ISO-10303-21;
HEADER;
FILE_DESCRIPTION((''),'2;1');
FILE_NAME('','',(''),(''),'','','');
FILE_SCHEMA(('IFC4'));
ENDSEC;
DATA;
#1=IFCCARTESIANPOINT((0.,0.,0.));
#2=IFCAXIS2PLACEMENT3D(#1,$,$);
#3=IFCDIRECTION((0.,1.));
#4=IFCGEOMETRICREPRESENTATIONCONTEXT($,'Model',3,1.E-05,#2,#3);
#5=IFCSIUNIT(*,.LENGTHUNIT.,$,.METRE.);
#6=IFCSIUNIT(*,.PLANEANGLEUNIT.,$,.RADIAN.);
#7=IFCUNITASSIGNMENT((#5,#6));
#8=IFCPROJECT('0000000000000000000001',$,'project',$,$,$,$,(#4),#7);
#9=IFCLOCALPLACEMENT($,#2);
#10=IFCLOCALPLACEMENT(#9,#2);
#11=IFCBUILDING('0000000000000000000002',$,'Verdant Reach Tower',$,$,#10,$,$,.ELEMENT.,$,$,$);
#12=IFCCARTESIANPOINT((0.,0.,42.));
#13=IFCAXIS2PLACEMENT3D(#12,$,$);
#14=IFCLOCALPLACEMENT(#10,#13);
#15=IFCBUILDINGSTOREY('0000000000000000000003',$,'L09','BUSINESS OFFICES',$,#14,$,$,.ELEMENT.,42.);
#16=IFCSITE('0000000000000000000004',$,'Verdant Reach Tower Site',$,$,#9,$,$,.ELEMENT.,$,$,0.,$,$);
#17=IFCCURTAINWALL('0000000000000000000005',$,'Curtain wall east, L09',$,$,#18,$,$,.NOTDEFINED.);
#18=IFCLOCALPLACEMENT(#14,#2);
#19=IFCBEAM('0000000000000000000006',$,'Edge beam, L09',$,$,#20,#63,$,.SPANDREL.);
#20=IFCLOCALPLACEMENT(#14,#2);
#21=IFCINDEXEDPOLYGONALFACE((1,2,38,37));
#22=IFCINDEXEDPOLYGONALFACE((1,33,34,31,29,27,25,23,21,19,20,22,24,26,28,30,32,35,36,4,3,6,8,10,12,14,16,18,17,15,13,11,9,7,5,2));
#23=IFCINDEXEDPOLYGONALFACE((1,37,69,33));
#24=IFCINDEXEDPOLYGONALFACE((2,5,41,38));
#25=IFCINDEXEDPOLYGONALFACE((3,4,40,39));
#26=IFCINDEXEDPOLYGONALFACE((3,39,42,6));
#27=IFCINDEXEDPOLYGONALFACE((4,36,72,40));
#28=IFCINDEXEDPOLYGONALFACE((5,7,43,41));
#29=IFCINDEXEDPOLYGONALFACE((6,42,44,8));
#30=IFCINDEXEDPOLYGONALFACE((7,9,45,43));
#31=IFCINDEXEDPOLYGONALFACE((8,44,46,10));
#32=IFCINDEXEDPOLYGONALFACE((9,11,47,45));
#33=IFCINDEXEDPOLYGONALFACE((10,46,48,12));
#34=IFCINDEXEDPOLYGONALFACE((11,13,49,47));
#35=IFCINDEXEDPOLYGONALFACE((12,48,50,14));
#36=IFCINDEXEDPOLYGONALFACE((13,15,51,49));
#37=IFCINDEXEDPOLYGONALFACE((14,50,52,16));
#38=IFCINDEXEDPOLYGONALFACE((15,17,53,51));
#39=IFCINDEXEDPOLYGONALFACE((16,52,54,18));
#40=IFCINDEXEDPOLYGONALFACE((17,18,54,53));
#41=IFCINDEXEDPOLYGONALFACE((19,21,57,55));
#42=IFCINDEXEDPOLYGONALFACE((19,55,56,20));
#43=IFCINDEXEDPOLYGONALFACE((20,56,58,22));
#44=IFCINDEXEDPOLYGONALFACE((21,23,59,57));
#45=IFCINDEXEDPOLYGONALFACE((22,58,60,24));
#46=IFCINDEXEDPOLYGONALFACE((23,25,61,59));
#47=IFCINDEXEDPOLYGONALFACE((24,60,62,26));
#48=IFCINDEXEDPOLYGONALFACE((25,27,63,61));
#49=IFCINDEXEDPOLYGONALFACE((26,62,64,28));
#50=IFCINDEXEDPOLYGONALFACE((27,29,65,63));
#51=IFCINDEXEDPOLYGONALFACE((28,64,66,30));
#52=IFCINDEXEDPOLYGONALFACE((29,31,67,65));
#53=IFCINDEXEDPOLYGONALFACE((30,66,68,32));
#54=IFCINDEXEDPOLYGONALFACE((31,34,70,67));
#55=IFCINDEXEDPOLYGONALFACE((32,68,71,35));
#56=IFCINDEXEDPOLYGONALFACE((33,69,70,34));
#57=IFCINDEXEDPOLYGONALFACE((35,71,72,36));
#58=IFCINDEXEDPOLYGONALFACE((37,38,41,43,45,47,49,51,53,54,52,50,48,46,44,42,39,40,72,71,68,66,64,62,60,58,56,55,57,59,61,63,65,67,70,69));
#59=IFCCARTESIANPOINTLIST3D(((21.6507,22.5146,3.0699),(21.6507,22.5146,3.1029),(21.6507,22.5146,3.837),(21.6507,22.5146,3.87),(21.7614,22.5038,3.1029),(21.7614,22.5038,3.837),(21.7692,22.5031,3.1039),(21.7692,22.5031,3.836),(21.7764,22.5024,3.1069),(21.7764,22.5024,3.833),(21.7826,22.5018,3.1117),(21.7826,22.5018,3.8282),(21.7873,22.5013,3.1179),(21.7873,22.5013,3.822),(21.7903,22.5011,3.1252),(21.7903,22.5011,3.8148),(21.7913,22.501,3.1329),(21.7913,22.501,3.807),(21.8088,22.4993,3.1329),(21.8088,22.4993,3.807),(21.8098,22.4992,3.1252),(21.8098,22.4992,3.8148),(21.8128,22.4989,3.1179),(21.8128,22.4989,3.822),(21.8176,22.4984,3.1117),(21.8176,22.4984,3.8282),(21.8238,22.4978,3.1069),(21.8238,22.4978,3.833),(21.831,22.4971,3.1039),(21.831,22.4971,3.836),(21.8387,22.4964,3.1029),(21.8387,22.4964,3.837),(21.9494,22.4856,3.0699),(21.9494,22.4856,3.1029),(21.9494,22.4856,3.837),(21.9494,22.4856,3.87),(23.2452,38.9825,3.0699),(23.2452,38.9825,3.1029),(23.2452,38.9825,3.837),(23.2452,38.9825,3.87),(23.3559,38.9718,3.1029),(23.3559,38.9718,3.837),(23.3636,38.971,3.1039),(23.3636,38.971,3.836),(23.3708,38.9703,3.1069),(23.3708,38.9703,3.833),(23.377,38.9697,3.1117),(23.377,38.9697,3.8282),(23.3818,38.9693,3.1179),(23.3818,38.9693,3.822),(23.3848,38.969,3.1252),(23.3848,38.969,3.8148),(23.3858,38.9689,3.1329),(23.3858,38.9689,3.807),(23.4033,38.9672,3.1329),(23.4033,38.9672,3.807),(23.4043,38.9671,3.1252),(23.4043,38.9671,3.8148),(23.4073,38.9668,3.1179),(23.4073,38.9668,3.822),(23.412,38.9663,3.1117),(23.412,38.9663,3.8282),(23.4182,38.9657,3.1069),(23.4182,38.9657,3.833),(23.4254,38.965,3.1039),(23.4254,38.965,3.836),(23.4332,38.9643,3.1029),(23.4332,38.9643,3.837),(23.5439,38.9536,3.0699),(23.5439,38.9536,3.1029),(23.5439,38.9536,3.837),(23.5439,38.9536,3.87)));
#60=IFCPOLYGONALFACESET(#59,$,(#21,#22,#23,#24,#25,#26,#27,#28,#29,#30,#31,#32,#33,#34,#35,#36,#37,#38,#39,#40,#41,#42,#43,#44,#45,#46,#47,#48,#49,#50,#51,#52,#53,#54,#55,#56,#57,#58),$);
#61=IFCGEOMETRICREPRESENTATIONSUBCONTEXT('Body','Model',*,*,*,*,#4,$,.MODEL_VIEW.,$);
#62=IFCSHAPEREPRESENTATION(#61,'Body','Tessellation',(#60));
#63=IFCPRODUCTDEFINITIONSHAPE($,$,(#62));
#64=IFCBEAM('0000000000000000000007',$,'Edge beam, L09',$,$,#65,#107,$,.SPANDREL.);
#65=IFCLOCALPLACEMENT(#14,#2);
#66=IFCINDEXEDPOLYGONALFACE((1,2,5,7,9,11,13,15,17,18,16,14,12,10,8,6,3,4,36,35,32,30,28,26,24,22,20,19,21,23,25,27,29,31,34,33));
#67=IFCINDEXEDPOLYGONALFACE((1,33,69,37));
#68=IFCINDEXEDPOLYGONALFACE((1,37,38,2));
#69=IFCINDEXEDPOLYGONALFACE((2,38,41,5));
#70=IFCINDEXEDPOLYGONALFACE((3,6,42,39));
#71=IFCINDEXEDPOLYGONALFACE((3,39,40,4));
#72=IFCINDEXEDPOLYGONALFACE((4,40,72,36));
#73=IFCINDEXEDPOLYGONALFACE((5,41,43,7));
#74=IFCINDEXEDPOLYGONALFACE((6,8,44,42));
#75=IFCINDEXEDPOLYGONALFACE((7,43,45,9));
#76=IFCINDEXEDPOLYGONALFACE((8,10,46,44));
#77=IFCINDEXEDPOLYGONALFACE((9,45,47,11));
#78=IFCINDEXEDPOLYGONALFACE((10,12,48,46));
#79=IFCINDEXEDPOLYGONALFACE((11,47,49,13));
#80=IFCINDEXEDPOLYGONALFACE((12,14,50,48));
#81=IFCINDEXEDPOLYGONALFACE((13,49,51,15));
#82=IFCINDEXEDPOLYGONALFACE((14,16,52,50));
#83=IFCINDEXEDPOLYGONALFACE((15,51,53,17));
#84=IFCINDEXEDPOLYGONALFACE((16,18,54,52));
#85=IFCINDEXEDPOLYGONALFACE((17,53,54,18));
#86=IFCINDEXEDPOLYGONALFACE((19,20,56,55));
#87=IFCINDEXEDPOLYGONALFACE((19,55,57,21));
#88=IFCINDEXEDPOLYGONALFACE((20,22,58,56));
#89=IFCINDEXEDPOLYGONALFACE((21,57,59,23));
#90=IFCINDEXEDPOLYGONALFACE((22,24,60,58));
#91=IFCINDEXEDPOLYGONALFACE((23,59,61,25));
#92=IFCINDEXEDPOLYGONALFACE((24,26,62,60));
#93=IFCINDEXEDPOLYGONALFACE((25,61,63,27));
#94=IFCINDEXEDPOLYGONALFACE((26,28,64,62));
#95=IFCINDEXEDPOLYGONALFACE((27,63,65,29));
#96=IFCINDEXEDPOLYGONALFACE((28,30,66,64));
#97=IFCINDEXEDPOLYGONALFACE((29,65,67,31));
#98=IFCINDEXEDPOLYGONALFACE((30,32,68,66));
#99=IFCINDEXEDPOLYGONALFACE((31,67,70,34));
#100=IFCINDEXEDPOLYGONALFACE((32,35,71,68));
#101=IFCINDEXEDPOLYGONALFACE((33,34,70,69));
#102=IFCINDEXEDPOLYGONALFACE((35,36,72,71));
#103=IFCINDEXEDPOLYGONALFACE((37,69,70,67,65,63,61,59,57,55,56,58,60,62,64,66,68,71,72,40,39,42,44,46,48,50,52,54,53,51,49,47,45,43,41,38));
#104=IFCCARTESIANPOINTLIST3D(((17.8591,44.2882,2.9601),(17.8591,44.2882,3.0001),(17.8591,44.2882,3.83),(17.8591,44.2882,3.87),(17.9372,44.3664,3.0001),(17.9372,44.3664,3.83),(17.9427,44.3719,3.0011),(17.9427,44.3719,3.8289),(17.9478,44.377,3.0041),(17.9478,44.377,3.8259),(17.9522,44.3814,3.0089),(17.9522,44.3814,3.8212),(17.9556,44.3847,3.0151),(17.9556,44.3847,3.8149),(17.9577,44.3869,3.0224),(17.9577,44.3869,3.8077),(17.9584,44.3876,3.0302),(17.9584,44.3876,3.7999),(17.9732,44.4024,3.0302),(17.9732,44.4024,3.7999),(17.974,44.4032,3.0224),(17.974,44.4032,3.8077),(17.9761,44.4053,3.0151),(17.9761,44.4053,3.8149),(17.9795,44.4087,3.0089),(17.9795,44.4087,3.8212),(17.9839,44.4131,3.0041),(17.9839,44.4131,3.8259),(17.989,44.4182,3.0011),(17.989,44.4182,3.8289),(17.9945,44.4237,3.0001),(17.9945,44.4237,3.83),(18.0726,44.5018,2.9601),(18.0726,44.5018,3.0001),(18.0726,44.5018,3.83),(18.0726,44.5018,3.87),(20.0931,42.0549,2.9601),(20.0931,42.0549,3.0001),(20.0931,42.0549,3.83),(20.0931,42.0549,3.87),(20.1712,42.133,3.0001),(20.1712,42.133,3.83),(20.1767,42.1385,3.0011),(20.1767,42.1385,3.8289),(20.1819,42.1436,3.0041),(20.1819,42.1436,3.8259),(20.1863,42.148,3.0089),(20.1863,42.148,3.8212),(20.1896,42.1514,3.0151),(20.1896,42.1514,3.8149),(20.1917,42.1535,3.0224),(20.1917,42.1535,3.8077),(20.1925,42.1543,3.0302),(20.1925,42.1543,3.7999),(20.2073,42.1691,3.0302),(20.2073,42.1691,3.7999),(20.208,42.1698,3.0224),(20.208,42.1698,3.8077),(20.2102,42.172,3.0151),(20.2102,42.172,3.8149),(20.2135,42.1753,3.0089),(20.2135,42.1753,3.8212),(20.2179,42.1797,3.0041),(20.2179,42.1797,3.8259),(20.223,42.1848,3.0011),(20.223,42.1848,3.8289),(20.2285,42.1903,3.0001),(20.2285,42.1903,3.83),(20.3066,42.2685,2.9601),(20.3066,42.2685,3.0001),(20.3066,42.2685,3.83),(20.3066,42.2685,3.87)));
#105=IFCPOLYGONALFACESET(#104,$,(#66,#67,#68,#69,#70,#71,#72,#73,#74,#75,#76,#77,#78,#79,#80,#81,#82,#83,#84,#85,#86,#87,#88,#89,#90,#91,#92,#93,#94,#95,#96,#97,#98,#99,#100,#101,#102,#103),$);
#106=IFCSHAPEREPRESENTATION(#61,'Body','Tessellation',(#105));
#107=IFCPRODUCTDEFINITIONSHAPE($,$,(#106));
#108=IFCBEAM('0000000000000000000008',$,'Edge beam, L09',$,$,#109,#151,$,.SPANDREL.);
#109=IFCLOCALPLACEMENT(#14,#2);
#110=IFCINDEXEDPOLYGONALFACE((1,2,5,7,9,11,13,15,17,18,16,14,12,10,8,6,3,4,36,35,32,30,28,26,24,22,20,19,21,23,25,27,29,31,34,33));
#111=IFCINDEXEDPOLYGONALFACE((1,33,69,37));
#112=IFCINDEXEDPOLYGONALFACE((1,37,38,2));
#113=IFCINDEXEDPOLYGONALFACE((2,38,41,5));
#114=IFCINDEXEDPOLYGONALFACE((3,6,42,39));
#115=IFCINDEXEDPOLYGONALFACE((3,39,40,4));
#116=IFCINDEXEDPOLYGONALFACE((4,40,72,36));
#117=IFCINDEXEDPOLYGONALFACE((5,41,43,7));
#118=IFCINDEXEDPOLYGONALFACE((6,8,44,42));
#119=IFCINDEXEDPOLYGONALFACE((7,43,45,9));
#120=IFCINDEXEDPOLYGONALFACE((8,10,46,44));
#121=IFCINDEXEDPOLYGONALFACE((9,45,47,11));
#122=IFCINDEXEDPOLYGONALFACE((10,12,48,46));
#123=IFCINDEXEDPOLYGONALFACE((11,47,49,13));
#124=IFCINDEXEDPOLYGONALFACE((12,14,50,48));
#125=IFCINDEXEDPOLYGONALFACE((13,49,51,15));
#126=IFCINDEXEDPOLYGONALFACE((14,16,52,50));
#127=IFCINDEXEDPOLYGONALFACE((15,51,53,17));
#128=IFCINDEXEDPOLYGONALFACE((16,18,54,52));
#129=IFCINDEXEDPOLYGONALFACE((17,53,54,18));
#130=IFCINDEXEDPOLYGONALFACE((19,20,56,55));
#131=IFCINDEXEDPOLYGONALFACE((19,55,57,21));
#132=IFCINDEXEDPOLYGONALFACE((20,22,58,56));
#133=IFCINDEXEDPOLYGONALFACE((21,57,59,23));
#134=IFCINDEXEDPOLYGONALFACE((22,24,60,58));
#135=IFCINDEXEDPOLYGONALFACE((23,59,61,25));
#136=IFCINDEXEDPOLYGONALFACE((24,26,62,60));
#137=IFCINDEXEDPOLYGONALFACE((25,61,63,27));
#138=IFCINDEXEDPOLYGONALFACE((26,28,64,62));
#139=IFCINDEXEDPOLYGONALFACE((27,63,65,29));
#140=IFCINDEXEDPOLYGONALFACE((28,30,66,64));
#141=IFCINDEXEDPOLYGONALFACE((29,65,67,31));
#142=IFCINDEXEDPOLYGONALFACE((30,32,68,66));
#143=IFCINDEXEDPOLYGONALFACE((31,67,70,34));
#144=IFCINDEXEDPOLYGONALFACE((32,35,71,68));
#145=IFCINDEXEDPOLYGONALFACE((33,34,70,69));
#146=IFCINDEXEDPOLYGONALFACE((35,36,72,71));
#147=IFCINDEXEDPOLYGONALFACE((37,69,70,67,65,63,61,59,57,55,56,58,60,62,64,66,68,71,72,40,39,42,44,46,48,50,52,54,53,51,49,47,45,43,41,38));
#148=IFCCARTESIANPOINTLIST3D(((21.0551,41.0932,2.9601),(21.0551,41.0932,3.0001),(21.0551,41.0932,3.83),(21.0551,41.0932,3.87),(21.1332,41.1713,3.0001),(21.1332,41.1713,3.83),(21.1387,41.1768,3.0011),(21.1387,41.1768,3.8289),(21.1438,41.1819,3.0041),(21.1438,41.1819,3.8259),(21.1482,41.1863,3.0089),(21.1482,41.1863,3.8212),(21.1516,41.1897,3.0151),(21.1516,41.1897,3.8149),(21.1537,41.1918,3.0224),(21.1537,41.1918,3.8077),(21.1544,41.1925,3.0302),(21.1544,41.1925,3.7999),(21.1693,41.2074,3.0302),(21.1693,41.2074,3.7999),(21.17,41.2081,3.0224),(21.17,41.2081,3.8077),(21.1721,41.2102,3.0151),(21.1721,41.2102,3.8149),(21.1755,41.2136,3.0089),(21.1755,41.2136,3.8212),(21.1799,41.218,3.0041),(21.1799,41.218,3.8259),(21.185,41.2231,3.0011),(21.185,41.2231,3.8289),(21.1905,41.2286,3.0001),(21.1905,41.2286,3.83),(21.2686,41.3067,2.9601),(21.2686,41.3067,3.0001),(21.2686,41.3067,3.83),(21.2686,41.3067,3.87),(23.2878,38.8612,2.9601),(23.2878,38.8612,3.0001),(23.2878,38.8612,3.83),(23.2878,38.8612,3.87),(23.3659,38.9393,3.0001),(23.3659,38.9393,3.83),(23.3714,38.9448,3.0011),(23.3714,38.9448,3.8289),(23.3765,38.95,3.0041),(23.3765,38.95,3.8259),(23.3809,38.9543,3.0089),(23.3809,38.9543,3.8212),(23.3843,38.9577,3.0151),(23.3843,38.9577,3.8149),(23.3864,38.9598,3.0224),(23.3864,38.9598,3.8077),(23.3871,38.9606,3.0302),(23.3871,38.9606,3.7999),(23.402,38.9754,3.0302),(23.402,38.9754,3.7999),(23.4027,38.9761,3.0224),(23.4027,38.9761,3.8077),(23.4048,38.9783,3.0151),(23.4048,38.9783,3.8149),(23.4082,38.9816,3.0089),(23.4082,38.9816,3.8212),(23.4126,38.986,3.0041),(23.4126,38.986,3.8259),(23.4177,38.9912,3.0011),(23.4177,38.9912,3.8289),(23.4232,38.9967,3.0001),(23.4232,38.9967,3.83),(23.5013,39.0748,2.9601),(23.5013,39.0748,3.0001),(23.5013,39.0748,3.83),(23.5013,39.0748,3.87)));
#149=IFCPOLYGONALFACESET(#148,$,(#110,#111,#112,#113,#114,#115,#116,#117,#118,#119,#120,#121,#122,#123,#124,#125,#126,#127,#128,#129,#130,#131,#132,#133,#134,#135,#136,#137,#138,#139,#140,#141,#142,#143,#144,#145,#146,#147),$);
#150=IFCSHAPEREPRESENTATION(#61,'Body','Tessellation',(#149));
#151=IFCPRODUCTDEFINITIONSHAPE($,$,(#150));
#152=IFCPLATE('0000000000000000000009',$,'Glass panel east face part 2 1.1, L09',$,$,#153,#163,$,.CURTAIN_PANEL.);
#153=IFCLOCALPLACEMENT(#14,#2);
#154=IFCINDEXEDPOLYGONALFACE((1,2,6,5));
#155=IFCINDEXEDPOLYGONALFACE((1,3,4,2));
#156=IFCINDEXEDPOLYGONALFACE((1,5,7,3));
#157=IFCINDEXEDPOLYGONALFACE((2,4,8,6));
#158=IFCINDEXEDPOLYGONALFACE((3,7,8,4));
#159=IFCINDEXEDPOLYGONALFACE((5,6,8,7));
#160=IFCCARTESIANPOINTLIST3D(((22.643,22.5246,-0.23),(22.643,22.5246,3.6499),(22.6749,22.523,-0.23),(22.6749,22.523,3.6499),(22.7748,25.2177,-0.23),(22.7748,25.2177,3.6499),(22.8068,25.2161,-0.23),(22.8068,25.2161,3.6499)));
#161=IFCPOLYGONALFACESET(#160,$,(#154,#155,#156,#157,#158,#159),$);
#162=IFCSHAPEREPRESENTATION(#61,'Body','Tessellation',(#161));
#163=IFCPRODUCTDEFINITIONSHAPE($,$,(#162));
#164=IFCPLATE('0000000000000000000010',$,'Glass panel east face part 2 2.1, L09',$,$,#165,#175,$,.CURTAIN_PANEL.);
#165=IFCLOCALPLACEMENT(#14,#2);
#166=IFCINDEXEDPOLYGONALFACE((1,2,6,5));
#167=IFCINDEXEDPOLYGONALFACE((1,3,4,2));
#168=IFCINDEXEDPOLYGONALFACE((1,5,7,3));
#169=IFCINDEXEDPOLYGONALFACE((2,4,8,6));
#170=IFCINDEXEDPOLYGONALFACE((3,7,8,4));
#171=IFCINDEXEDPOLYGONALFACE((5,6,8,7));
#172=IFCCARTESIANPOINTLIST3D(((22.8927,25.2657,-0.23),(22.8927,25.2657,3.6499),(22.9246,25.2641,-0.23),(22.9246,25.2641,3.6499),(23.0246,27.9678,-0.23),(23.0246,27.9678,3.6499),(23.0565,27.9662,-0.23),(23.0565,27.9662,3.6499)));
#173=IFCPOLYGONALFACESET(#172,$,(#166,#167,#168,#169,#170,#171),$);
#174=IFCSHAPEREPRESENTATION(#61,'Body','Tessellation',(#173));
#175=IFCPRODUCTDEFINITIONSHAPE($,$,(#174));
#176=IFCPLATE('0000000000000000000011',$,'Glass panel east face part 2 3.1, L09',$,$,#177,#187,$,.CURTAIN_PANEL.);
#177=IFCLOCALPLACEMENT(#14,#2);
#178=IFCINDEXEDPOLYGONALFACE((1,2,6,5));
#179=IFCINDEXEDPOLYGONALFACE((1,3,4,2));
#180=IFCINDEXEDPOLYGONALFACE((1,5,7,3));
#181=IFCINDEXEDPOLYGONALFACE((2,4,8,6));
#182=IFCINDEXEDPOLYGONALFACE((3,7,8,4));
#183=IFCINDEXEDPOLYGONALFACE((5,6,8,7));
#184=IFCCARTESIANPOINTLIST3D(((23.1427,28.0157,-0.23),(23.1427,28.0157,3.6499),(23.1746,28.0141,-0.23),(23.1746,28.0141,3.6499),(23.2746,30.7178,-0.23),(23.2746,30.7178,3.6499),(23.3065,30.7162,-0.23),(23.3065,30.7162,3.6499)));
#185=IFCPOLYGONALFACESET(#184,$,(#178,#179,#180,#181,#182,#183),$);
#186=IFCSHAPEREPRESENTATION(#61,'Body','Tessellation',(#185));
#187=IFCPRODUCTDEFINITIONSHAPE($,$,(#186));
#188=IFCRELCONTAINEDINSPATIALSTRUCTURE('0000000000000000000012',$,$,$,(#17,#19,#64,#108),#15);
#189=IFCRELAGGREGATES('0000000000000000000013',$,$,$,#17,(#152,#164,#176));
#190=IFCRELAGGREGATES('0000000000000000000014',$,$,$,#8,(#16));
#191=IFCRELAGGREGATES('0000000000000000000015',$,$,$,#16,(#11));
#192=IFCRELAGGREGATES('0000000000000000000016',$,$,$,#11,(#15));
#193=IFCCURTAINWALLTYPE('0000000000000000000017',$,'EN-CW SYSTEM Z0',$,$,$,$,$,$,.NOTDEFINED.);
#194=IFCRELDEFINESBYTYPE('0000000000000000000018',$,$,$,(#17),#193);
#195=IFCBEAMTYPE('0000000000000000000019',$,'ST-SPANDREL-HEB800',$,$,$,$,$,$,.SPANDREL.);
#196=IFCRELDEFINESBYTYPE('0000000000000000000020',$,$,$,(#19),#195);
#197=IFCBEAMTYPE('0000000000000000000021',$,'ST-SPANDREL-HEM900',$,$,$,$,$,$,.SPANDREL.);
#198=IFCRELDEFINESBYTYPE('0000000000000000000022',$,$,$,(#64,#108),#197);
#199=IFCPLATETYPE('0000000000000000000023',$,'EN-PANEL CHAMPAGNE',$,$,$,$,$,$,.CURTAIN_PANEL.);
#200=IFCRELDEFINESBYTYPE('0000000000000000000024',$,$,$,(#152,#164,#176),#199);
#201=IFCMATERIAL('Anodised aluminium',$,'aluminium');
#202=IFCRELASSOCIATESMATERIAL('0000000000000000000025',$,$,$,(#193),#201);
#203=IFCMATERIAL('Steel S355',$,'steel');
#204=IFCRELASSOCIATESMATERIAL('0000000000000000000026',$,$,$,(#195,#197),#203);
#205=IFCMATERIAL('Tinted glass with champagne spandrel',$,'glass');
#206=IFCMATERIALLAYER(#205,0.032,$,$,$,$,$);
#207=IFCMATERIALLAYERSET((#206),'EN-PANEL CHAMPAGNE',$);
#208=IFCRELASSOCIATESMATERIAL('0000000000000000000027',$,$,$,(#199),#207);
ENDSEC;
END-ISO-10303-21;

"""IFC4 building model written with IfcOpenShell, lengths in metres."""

from ifc_helpers import new_model, si_unit, direction, frame, origin, origin_2d, place, context, subcontext, project, spatial, rectangle, i_section, extrude, material, layer, layer_set, material_profile, profile_set, type_object, element, aggregate, save


model = new_model("IFC4")

# Units and contexts
model_context = context("Model", 3, precision=1e-05, world=origin(), true_north=direction((0.0, 1.0)))
body_context = subcontext(model_context, "Body", "Model", "MODEL_VIEW")
ifc_project = project(units=[si_unit("LENGTHUNIT", "METRE"), si_unit("PLANEANGLEUNIT", "RADIAN")], contexts=[model_context])

# Site, building, storey
site_placement = place(None, origin())
site = spatial("IfcSite", under=ifc_project, at=site_placement, Name="Verdant Reach Tower Site", CompositionType="ELEMENT", RefElevation=0.0)
building_placement = place(site_placement, origin())
building = spatial("IfcBuilding", under=site, at=building_placement, Name="Verdant Reach Tower", CompositionType="ELEMENT")
storey_placement = place(building_placement, frame((0.0, 0.0, 42.0)))
storey = spatial("IfcBuildingStorey", under=building, at=storey_placement, Name="L09", Description="BUSINESS OFFICES", CompositionType="ELEMENT", Elevation=42.0)

# Curtain wall
ifc_material_1 = material(Name="Anodised aluminium", Category="aluminium")
curtain_wall_type = type_object("IfcCurtainWallType", Name="EN-CW SYSTEM Z0", PredefinedType="NOTDEFINED", material=ifc_material_1)
curtain_wall_1_placement = place(storey_placement, origin())
curtain_wall_1 = element("IfcCurtainWall", 1, at=curtain_wall_1_placement, inside=storey, type_object=curtain_wall_type, Name="Curtain wall east, L09", PredefinedType="NOTDEFINED")

# Beams
ifc_material_2 = material(Name="Steel S355", Category="steel")
ifc_material_profile_1 = material_profile(ifc_material_2, i_section(OverallWidth=0.3, OverallDepth=0.8, WebThickness=0.0176, FlangeThickness=0.033, FilletRadius=0.03, at=origin_2d()), Name="HEB 800")
ifc_profile_set_1 = profile_set([ifc_material_profile_1], Name="Steel S355")
beam_type_1 = type_object("IfcBeamType", Name="ST-SPANDREL-HEB800", PredefinedType="SPANDREL", material=ifc_profile_set_1)
beam_1_placement = place(storey_placement, frame((23.3945, 38.968, 3.47), z_axis=(-0.096372, -0.995345, 0.0), x_axis=(0.995345, -0.096372, 0.0)))
element("IfcBeam", 2, at=beam_1_placement, inside=storey, type_object=beam_type_1, Name="Edge beam, L09", PredefinedType="SPANDREL", context=body_context, shape_type="SweptSolid", body=[
    extrude(i_section(OverallWidth=0.3, OverallDepth=0.8, WebThickness=0.0176, FlangeThickness=0.033, FilletRadius=0.03, at=origin_2d()), origin(), (0.0, 0.0, 1.0), 16.5449),
])
ifc_material_profile_2 = material_profile(ifc_material_2, i_section(OverallWidth=0.302, OverallDepth=0.9099, WebThickness=0.021, FlangeThickness=0.04, FilletRadius=0.03, at=origin_2d()), Name="HEM 900")
ifc_profile_set_2 = profile_set([ifc_material_profile_2], Name="Steel S355")
beam_type_2 = type_object("IfcBeamType", Name="ST-SPANDREL-HEM900", PredefinedType="SPANDREL", material=ifc_profile_set_2)
beam_2_placement = place(storey_placement, frame((17.9658, 44.395, 3.415), z_axis=(0.707223, -0.706991, 0.0), x_axis=(0.706991, 0.707223, 0.0)))
element("IfcBeam", 3, at=beam_2_placement, inside=storey, type_object=beam_type_2, Name="Edge beam, L09", PredefinedType="SPANDREL", context=body_context, shape_type="SweptSolid", body=[
    extrude(i_section(OverallWidth=0.302, OverallDepth=0.9099, WebThickness=0.021, FlangeThickness=0.04, FilletRadius=0.03, at=origin_2d()), origin(), (0.0, 0.0, 1.0), 3.1589),
])
beam_3_placement = place(storey_placement, frame((21.1619, 41.2, 3.415), z_axis=(0.707223, -0.706991, 0.0), x_axis=(0.706991, 0.707223, 0.0)))
element("IfcBeam", 4, at=beam_3_placement, inside=storey, type_object=beam_type_2, Name="Edge beam, L09", PredefinedType="SPANDREL", context=body_context, shape_type="SweptSolid", body=[
    extrude(i_section(OverallWidth=0.302, OverallDepth=0.9099, WebThickness=0.021, FlangeThickness=0.04, FilletRadius=0.03, at=origin_2d()), origin(), (0.0, 0.0, 1.0), 3.157),
])

# Plates
ifc_material_3 = material(Name="Tinted glass with champagne spandrel", Category="glass")
ifc_layer_1 = layer(ifc_material_3, 0.032)
ifc_layer_set_1 = layer_set([ifc_layer_1], Name="EN-PANEL CHAMPAGNE")
plate_type_1 = type_object("IfcPlateType", Name="EN-PANEL CHAMPAGNE", PredefinedType="CURTAIN_PANEL", material=ifc_layer_set_1)
plate_1_placement = place(storey_placement, frame((22.7249, 23.8704, -0.23), z_axis=(0.0, 0.0, 1.0), x_axis=(0.048902, 0.998804, 0.0)))
plate_1 = element("IfcPlate", 5, at=plate_1_placement, type_object=plate_type_1, Name="Glass panel east face part 2 1.1, L09", PredefinedType="CURTAIN_PANEL", context=body_context, shape_type="SweptSolid", body=[
    extrude(rectangle(XDim=2.6963, YDim=0.032, at=origin_2d()), origin(), (0.0, 0.0, 1.0), 3.8799),
])
plate_2_placement = place(storey_placement, frame((22.9746, 26.616, -0.23), z_axis=(0.0, 0.0, 1.0), x_axis=(0.048753, 0.998811, 0.0)))
plate_2 = element("IfcPlate", 6, at=plate_2_placement, type_object=plate_type_1, Name="Glass panel east face part 2 2.1, L09", PredefinedType="CURTAIN_PANEL", context=body_context, shape_type="SweptSolid", body=[
    extrude(rectangle(XDim=2.7053, YDim=0.032, at=origin_2d()), origin(), (0.0, 0.0, 1.0), 3.8799),
])
plate_3_placement = place(storey_placement, frame((23.2246, 29.366, -0.23), z_axis=(0.0, 0.0, 1.0), x_axis=(0.048753, 0.998811, 0.0)))
plate_3 = element("IfcPlate", 7, at=plate_3_placement, type_object=plate_type_1, Name="Glass panel east face part 2 3.1, L09", PredefinedType="CURTAIN_PANEL", context=body_context, shape_type="SweptSolid", body=[
    extrude(rectangle(XDim=2.7053, YDim=0.032, at=origin_2d()), origin(), (0.0, 0.0, 1.0), 3.8799),
])

aggregate(curtain_wall_1, [plate_1, plate_2, plate_3])

save(model, "model.ifc")
